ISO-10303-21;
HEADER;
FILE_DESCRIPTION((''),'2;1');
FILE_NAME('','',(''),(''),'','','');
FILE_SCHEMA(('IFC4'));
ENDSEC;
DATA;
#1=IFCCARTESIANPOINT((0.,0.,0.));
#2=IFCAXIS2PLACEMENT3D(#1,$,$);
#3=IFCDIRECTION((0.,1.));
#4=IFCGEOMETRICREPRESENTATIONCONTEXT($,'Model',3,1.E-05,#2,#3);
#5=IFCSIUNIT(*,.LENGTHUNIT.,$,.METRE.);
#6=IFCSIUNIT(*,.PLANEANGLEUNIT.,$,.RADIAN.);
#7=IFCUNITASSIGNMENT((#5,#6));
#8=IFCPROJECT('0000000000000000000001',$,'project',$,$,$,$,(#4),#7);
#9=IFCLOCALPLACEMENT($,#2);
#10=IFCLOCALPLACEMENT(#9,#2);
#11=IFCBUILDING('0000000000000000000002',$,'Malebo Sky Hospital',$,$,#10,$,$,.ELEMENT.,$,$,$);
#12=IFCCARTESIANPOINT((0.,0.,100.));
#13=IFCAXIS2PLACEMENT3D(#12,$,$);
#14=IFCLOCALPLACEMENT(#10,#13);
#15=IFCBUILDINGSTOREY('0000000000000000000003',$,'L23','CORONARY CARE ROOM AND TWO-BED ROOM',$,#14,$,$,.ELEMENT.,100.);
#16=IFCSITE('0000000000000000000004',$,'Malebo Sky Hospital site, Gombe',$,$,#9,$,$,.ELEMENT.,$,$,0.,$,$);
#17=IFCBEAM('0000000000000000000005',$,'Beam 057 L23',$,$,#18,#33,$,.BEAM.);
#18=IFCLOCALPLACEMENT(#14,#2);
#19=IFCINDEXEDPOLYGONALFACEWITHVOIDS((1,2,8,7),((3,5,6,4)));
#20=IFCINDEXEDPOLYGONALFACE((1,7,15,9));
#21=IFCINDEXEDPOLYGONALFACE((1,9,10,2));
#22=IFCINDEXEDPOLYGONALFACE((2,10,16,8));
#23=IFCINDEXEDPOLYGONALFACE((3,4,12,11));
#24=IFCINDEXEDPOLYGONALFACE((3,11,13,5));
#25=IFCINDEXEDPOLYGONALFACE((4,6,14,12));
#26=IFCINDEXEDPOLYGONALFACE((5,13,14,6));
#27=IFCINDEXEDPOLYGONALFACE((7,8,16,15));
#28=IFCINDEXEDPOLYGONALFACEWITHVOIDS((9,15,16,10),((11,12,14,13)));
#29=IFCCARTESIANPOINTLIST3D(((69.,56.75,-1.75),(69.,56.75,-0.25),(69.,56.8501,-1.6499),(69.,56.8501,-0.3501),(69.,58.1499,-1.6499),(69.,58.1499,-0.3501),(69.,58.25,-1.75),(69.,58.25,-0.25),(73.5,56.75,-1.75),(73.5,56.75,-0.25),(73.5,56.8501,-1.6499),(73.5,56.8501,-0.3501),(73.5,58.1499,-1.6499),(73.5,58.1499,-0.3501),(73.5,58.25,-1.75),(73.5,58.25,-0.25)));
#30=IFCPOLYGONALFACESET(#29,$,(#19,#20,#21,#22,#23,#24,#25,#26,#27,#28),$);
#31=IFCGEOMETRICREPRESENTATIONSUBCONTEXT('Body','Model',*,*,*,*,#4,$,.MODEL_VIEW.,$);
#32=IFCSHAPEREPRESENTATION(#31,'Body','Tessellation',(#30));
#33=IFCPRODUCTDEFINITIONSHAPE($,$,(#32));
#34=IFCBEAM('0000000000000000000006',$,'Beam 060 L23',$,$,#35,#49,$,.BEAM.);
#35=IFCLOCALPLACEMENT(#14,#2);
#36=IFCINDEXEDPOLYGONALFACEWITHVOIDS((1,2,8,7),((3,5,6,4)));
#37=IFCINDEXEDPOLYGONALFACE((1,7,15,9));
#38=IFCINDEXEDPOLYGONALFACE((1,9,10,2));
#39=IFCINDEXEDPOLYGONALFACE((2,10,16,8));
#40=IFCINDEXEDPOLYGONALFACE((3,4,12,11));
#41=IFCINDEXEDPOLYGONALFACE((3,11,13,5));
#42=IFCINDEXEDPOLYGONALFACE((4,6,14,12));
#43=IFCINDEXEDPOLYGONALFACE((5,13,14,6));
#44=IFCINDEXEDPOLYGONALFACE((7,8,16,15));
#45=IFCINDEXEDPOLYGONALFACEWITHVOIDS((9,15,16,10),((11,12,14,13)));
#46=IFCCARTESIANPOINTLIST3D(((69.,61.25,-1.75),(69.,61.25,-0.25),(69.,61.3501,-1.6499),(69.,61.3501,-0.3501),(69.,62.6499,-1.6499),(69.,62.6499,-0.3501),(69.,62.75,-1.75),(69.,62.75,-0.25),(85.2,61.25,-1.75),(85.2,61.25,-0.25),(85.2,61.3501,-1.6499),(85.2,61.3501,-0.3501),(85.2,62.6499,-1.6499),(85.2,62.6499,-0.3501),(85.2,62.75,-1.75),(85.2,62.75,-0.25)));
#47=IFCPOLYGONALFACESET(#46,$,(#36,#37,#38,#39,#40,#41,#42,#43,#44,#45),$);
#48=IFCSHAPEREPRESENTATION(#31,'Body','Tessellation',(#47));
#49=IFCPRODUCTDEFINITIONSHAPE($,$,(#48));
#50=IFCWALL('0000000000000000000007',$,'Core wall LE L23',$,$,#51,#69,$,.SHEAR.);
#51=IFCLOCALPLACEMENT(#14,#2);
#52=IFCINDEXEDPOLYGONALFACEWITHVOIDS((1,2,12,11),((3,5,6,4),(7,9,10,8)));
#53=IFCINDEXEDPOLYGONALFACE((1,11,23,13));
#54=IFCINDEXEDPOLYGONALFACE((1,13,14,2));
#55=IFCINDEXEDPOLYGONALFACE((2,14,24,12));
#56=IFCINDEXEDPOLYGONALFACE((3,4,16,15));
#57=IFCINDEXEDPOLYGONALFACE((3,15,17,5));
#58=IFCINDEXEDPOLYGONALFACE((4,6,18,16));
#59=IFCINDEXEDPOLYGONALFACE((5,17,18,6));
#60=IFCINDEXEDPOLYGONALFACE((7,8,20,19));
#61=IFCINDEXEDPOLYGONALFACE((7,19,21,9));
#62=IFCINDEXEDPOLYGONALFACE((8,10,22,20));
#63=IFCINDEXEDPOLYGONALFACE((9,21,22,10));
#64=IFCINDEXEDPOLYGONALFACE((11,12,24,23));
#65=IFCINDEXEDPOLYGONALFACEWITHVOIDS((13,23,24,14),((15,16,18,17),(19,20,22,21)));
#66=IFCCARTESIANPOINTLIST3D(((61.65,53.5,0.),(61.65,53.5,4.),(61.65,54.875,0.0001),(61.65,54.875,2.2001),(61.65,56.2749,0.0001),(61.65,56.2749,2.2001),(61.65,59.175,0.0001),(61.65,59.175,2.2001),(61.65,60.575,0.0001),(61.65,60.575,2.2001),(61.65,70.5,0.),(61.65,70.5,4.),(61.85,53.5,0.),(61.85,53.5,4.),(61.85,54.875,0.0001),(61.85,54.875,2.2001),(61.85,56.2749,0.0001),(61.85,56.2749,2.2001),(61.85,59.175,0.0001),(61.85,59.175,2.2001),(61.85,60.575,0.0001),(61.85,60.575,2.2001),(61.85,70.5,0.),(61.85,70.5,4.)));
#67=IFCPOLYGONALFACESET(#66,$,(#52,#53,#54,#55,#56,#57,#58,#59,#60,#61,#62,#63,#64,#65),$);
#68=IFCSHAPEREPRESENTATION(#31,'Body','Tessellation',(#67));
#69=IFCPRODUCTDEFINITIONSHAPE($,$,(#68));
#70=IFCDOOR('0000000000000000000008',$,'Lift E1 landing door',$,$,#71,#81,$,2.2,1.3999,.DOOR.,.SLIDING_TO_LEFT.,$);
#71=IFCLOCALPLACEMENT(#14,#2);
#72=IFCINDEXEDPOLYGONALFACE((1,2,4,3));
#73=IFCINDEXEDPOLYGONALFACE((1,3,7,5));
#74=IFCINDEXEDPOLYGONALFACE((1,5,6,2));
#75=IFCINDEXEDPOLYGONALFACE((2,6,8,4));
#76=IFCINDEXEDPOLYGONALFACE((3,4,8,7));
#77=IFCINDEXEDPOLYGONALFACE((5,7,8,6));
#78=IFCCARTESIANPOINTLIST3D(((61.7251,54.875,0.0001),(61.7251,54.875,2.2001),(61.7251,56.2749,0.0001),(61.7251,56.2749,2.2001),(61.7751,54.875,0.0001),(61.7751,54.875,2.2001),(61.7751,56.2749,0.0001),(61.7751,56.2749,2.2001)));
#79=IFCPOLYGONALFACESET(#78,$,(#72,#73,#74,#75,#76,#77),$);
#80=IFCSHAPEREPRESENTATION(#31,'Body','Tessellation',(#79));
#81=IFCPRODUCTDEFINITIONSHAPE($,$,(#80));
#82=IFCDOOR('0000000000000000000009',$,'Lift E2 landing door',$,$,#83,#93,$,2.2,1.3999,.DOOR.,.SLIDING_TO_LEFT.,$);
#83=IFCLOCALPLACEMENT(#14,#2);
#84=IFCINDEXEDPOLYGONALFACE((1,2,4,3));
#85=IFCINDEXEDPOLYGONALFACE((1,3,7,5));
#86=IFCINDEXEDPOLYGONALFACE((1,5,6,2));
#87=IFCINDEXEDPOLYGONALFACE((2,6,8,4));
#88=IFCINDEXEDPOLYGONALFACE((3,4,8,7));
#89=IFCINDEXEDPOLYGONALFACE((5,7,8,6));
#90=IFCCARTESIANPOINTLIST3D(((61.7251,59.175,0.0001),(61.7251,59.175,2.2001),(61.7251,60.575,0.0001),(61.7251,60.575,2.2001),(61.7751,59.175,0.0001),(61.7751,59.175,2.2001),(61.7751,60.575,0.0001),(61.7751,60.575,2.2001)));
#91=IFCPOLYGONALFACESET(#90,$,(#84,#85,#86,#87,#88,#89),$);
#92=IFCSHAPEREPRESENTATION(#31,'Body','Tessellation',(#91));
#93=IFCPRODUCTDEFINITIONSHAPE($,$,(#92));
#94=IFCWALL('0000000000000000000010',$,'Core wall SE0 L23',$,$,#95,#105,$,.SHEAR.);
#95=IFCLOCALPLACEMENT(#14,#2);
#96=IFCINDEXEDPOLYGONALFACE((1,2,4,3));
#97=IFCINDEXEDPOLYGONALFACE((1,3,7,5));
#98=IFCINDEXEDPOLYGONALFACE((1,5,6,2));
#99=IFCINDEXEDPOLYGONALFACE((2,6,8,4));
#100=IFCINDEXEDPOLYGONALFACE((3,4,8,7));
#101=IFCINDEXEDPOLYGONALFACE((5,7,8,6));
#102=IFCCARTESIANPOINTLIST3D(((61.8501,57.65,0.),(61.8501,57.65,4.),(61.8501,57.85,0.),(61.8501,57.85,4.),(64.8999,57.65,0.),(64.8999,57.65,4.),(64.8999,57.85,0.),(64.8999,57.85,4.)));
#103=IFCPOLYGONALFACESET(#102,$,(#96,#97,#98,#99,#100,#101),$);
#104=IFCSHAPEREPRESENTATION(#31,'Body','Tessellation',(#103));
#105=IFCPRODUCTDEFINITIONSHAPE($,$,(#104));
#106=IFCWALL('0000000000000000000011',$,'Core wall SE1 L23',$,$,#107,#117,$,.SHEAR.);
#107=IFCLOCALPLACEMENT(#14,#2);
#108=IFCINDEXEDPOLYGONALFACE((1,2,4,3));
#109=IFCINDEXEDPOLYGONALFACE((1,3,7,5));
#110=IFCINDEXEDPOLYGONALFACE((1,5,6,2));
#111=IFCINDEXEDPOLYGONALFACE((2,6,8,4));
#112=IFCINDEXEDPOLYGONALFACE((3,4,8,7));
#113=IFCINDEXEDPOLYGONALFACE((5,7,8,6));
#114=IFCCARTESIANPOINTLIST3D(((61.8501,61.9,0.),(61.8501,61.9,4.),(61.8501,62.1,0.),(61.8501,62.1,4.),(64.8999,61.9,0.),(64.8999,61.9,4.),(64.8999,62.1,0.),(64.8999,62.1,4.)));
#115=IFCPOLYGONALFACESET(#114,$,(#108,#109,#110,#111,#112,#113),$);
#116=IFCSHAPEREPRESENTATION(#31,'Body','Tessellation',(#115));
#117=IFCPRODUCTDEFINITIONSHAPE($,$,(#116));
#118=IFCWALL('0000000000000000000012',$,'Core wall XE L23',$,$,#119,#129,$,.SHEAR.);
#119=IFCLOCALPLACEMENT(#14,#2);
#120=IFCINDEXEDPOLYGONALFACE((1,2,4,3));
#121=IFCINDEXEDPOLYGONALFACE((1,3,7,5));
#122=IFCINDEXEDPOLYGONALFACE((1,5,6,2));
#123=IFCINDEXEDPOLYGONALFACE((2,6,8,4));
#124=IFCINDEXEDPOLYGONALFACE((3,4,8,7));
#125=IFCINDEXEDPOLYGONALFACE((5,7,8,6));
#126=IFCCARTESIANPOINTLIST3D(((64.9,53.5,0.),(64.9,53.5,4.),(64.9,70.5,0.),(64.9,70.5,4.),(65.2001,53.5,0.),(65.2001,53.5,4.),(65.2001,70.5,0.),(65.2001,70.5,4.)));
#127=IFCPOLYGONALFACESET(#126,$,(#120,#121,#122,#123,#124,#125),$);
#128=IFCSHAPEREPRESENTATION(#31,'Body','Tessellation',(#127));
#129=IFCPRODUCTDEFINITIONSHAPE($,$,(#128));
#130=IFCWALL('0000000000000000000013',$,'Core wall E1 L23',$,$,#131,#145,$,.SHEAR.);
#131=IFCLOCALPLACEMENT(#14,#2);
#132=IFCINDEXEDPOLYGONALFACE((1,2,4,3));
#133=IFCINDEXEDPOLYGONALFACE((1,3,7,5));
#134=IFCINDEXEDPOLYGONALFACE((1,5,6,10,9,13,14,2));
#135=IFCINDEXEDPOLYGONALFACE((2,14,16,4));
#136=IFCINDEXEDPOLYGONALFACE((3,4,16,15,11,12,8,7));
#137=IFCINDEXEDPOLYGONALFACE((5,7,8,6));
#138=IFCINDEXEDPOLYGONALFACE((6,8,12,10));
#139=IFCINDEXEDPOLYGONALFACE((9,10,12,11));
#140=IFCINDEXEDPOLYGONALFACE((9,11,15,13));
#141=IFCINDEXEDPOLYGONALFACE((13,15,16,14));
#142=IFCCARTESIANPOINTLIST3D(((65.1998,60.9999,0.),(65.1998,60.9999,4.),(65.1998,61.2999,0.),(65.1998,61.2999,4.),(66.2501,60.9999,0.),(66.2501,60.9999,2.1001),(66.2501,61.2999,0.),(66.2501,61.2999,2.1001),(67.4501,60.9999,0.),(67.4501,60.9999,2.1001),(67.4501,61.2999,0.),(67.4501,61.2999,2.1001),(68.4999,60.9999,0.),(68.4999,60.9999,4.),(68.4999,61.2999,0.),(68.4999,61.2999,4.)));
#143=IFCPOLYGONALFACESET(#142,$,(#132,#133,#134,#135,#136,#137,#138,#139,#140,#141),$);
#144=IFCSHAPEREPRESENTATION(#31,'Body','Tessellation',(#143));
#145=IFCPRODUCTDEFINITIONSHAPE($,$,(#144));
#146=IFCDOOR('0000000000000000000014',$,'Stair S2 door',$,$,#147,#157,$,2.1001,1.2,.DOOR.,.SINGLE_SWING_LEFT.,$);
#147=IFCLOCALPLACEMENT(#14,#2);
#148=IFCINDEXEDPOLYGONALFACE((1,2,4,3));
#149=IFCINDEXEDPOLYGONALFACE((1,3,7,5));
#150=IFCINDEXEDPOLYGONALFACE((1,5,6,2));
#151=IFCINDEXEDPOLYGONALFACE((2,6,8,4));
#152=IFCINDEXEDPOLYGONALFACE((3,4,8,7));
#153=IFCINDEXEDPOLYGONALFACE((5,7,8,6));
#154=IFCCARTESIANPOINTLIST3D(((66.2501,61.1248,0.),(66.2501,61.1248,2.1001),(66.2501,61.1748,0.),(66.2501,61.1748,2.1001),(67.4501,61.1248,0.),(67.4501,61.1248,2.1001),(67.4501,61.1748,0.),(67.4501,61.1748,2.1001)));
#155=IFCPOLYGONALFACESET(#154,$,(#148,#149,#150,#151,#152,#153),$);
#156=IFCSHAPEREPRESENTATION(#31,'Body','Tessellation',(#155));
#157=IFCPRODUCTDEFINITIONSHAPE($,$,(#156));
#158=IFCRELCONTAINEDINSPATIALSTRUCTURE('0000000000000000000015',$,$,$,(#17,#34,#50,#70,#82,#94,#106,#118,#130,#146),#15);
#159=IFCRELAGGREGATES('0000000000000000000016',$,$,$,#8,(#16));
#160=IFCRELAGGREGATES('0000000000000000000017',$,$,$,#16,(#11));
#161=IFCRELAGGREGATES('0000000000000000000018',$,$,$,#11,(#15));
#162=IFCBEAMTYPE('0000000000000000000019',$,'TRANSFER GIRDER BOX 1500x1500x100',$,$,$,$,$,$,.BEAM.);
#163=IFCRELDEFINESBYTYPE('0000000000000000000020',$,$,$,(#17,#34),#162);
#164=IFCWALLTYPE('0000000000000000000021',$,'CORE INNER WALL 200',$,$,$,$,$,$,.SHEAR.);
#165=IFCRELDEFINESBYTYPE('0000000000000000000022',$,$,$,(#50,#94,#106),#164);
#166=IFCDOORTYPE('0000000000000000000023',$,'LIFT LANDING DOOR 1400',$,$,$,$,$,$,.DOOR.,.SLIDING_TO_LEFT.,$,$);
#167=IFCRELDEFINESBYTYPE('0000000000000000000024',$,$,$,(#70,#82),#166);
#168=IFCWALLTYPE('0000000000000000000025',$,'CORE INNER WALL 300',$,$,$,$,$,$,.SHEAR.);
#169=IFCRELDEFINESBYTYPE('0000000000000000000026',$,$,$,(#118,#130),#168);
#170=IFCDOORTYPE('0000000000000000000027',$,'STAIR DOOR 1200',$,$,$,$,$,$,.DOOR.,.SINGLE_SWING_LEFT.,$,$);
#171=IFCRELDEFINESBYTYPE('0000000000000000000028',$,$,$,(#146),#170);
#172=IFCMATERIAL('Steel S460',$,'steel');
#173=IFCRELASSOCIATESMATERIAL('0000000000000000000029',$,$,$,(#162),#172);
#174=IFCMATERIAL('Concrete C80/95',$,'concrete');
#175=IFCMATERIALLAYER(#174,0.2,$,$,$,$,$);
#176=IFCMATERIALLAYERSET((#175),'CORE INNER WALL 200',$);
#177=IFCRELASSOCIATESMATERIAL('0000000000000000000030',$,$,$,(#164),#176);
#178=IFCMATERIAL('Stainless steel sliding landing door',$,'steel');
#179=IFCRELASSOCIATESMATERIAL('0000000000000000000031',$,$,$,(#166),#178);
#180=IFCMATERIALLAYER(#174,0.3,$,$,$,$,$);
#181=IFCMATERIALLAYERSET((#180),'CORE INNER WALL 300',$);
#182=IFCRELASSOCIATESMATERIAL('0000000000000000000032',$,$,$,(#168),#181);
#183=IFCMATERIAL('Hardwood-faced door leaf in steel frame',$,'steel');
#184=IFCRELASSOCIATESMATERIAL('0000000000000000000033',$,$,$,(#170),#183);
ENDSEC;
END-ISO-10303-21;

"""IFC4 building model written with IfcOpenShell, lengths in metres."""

from ifc_helpers import new_model, si_unit, direction, frame, frame_2d, origin, origin_2d, place, context, subcontext, project, spatial, rectangle, hollow_rectangle, extrude, material, layer, layer_set, material_profile, profile_set, type_object, element, fill, save


model = new_model("IFC4")

# Units and contexts
model_context = context("Model", 3, precision=1e-05, world=origin(), true_north=direction((0.0, 1.0)))
body_context = subcontext(model_context, "Body", "Model", "MODEL_VIEW")
ifc_project = project(units=[si_unit("LENGTHUNIT", "METRE"), si_unit("PLANEANGLEUNIT", "RADIAN")], contexts=[model_context])

# Site, building, storey
site_placement = place(None, origin())
site = spatial("IfcSite", under=ifc_project, at=site_placement, Name="Malebo Sky Hospital site, Gombe", CompositionType="ELEMENT", RefElevation=0.0)
building_placement = place(site_placement, origin())
building = spatial("IfcBuilding", under=site, at=building_placement, Name="Malebo Sky Hospital", CompositionType="ELEMENT")
storey_placement = place(building_placement, frame((0.0, 0.0, 100.0)))
storey = spatial("IfcBuildingStorey", under=building, at=storey_placement, Name="L23", Description="CORONARY CARE ROOM AND TWO-BED ROOM", CompositionType="ELEMENT", Elevation=100.0)

# Beams
ifc_material_1 = material(Name="Steel S460", Category="steel")
ifc_material_profile = material_profile(ifc_material_1, hollow_rectangle(XDim=1.5, YDim=1.5, WallThickness=0.1001, at=origin_2d()), Name="BOX 1500x1500x100")
ifc_profile_set = profile_set([ifc_material_profile], Name="Steel S460")
beam_type = type_object("IfcBeamType", Name="TRANSFER GIRDER BOX 1500x1500x100", PredefinedType="BEAM", material=ifc_profile_set)
beam_1_placement = place(storey_placement, frame((69.0, 57.5, -1.0), z_axis=(1.0, 0.0, 0.0), x_axis=(0.0, 1.0, 0.0)))
element("IfcBeam", 1, at=beam_1_placement, inside=storey, type_object=beam_type, Name="Beam 057 L23", PredefinedType="BEAM", context=body_context, shape_type="SweptSolid", body=[
    extrude(hollow_rectangle(XDim=1.5, YDim=1.5, WallThickness=0.1001, at=origin_2d()), origin(), (0.0, 0.0, 1.0), 4.5),
])
beam_2_placement = place(storey_placement, frame((69.0, 62.0, -1.0), z_axis=(1.0, 0.0, 0.0), x_axis=(0.0, 1.0, 0.0)))
element("IfcBeam", 2, at=beam_2_placement, inside=storey, type_object=beam_type, Name="Beam 060 L23", PredefinedType="BEAM", context=body_context, shape_type="SweptSolid", body=[
    extrude(hollow_rectangle(XDim=1.5, YDim=1.5, WallThickness=0.1001, at=origin_2d()), origin(), (0.0, 0.0, 1.0), 16.2),
])

# Wall, openings, doors
ifc_material_2 = material(Name="Concrete C80/95", Category="concrete")
ifc_layer_1 = layer(ifc_material_2, 0.2)
ifc_layer_set_1 = layer_set([ifc_layer_1], Name="CORE INNER WALL 200")
wall_type_1 = type_object("IfcWallType", Name="CORE INNER WALL 200", PredefinedType="SHEAR", material=ifc_layer_set_1)
wall_1_placement = place(storey_placement, frame((61.75, 53.5, 0.0), z_axis=(0.0, 0.0, 1.0), x_axis=(0.0, 1.0, 0.0)))
wall_1 = element("IfcWall", 3, at=wall_1_placement, inside=storey, type_object=wall_type_1, Name="Core wall LE L23", PredefinedType="SHEAR", context=body_context, shape_type="SweptSolid", body=[
    extrude(rectangle(XDim=17.0, YDim=0.2, at=frame_2d((8.5, 0.0))), origin(), (0.0, 0.0, 1.0), 4.0),
])
opening_1_placement = place(wall_1_placement, frame((1.375, 0.0, 0.0)))
opening_1 = element("IfcOpeningElement", 4, at=opening_1_placement, cuts=wall_1, PredefinedType="OPENING", context=body_context, shape_type="SweptSolid", body=[
    extrude(rectangle(XDim=1.3999, YDim=2.2, at=frame_2d((0.7, 1.1001))), frame((0.0, 0.1099, 0.0), z_axis=(0.0, -1.0, 0.0), x_axis=(1.0, 0.0, 0.0)), (0.0, 0.0, 1.0), 0.22),
])
opening_2_placement = place(wall_1_placement, frame((5.675, 0.0, 0.0)))
opening_2 = element("IfcOpeningElement", 5, at=opening_2_placement, cuts=wall_1, PredefinedType="OPENING", context=body_context, shape_type="SweptSolid", body=[
    extrude(rectangle(XDim=1.3999, YDim=2.2, at=frame_2d((0.7, 1.1001))), frame((0.0, 0.1099, 0.0), z_axis=(0.0, -1.0, 0.0), x_axis=(1.0, 0.0, 0.0)), (0.0, 0.0, 1.0), 0.22),
])
ifc_material_3 = material(Name="Stainless steel sliding landing door", Category="steel")
door_type_1 = type_object("IfcDoorType", Name="LIFT LANDING DOOR 1400", OperationType="SLIDING_TO_LEFT", PredefinedType="DOOR", material=ifc_material_3)
door_1_placement = place(opening_1_placement, origin())
door_1 = element("IfcDoor", 6, at=door_1_placement, inside=storey, type_object=door_type_1, Name="Lift E1 landing door", OperationType="SLIDING_TO_LEFT", OverallHeight=2.2, OverallWidth=1.3999, PredefinedType="DOOR", context=body_context, shape_type="SweptSolid", body=[
    extrude(rectangle(XDim=1.3999, YDim=2.2, at=frame_2d((0.7, 1.1001))), frame((0.0, 0.0249, 0.0), z_axis=(0.0, -1.0, 0.0), x_axis=(1.0, 0.0, 0.0)), (0.0, 0.0, 1.0), 0.05),
])
fill(opening_1, door_1)
door_2_placement = place(opening_2_placement, origin())
door_2 = element("IfcDoor", 7, at=door_2_placement, inside=storey, type_object=door_type_1, Name="Lift E2 landing door", OperationType="SLIDING_TO_LEFT", OverallHeight=2.2, OverallWidth=1.3999, PredefinedType="DOOR", context=body_context, shape_type="SweptSolid", body=[
    extrude(rectangle(XDim=1.3999, YDim=2.2, at=frame_2d((0.7, 1.1001))), frame((0.0, 0.0249, 0.0), z_axis=(0.0, -1.0, 0.0), x_axis=(1.0, 0.0, 0.0)), (0.0, 0.0, 1.0), 0.05),
])
fill(opening_2, door_2)

# Walls
for number, where, z_axis, x_axis, name in (
    (8, (61.8501, 57.75, 0.0), (0.0, 0.0, 1.0), (1.0, 0.0, 0.0), "Core wall SE0 L23"),
    (9, (61.8501, 62.0, 0.0), (0.0, 0.0, 1.0), (1.0, 0.0, 0.0), "Core wall SE1 L23"),
):
    element("IfcWall", number, at=place(storey_placement, frame(where, z_axis=z_axis, x_axis=x_axis)), inside=storey, type_object=wall_type_1, Name=name, PredefinedType="SHEAR", context=body_context, shape_type="SweptSolid", body=[
        extrude(rectangle(XDim=3.0498, YDim=0.2, at=frame_2d((1.5249, 0.0))), origin(), (0.0, 0.0, 1.0), 4.0),
    ])
ifc_layer_2 = layer(ifc_material_2, 0.3)
ifc_layer_set_2 = layer_set([ifc_layer_2], Name="CORE INNER WALL 300")
wall_type_2 = type_object("IfcWallType", Name="CORE INNER WALL 300", PredefinedType="SHEAR", material=ifc_layer_set_2)
wall_2_placement = place(storey_placement, frame((65.05, 53.5, 0.0), z_axis=(0.0, 0.0, 1.0), x_axis=(0.0, 1.0, 0.0)))
element("IfcWall", 10, at=wall_2_placement, inside=storey, type_object=wall_type_2, Name="Core wall XE L23", PredefinedType="SHEAR", context=body_context, shape_type="SweptSolid", body=[
    extrude(rectangle(XDim=17.0, YDim=0.3, at=frame_2d((8.5, 0.0))), origin(), (0.0, 0.0, 1.0), 4.0),
])

# Wall, opening, door
wall_3_placement = place(storey_placement, frame((65.2, 61.1499, 0.0), z_axis=(0.0, 0.0, 1.0), x_axis=(1.0, 0.0, 0.0)))
wall_3 = element("IfcWall", 11, at=wall_3_placement, inside=storey, type_object=wall_type_2, Name="Core wall E1 L23", PredefinedType="SHEAR", context=body_context, shape_type="SweptSolid", body=[
    extrude(rectangle(XDim=3.3, YDim=0.3, at=frame_2d((1.6499, 0.0))), origin(), (0.0, 0.0, 1.0), 4.0),
])
opening_3_placement = place(wall_3_placement, frame((1.05, 0.0, 0.0)))
opening_3 = element("IfcOpeningElement", 12, at=opening_3_placement, cuts=wall_3, PredefinedType="OPENING", context=body_context, shape_type="SweptSolid", body=[
    extrude(rectangle(XDim=1.2, YDim=2.1001, at=frame_2d((0.6001, 1.05))), frame((0.0, 0.1599, 0.0), z_axis=(0.0, -1.0, 0.0), x_axis=(1.0, 0.0, 0.0)), (0.0, 0.0, 1.0), 0.3201),
])
ifc_material_4 = material(Name="Hardwood-faced door leaf in steel frame", Category="steel")
door_type_2 = type_object("IfcDoorType", Name="STAIR DOOR 1200", OperationType="SINGLE_SWING_LEFT", PredefinedType="DOOR", material=ifc_material_4)
door_3_placement = place(opening_3_placement, origin())
door_3 = element("IfcDoor", 13, at=door_3_placement, inside=storey, type_object=door_type_2, Name="Stair S2 door", OperationType="SINGLE_SWING_LEFT", OverallHeight=2.1001, OverallWidth=1.2, PredefinedType="DOOR", context=body_context, shape_type="SweptSolid", body=[
    extrude(rectangle(XDim=1.2, YDim=2.1001, at=frame_2d((0.6001, 1.05))), frame((0.0, 0.0249, 0.0), z_axis=(0.0, -1.0, 0.0), x_axis=(1.0, 0.0, 0.0)), (0.0, 0.0, 1.0), 0.05),
])
fill(opening_3, door_3)

save(model, "model.ifc")
